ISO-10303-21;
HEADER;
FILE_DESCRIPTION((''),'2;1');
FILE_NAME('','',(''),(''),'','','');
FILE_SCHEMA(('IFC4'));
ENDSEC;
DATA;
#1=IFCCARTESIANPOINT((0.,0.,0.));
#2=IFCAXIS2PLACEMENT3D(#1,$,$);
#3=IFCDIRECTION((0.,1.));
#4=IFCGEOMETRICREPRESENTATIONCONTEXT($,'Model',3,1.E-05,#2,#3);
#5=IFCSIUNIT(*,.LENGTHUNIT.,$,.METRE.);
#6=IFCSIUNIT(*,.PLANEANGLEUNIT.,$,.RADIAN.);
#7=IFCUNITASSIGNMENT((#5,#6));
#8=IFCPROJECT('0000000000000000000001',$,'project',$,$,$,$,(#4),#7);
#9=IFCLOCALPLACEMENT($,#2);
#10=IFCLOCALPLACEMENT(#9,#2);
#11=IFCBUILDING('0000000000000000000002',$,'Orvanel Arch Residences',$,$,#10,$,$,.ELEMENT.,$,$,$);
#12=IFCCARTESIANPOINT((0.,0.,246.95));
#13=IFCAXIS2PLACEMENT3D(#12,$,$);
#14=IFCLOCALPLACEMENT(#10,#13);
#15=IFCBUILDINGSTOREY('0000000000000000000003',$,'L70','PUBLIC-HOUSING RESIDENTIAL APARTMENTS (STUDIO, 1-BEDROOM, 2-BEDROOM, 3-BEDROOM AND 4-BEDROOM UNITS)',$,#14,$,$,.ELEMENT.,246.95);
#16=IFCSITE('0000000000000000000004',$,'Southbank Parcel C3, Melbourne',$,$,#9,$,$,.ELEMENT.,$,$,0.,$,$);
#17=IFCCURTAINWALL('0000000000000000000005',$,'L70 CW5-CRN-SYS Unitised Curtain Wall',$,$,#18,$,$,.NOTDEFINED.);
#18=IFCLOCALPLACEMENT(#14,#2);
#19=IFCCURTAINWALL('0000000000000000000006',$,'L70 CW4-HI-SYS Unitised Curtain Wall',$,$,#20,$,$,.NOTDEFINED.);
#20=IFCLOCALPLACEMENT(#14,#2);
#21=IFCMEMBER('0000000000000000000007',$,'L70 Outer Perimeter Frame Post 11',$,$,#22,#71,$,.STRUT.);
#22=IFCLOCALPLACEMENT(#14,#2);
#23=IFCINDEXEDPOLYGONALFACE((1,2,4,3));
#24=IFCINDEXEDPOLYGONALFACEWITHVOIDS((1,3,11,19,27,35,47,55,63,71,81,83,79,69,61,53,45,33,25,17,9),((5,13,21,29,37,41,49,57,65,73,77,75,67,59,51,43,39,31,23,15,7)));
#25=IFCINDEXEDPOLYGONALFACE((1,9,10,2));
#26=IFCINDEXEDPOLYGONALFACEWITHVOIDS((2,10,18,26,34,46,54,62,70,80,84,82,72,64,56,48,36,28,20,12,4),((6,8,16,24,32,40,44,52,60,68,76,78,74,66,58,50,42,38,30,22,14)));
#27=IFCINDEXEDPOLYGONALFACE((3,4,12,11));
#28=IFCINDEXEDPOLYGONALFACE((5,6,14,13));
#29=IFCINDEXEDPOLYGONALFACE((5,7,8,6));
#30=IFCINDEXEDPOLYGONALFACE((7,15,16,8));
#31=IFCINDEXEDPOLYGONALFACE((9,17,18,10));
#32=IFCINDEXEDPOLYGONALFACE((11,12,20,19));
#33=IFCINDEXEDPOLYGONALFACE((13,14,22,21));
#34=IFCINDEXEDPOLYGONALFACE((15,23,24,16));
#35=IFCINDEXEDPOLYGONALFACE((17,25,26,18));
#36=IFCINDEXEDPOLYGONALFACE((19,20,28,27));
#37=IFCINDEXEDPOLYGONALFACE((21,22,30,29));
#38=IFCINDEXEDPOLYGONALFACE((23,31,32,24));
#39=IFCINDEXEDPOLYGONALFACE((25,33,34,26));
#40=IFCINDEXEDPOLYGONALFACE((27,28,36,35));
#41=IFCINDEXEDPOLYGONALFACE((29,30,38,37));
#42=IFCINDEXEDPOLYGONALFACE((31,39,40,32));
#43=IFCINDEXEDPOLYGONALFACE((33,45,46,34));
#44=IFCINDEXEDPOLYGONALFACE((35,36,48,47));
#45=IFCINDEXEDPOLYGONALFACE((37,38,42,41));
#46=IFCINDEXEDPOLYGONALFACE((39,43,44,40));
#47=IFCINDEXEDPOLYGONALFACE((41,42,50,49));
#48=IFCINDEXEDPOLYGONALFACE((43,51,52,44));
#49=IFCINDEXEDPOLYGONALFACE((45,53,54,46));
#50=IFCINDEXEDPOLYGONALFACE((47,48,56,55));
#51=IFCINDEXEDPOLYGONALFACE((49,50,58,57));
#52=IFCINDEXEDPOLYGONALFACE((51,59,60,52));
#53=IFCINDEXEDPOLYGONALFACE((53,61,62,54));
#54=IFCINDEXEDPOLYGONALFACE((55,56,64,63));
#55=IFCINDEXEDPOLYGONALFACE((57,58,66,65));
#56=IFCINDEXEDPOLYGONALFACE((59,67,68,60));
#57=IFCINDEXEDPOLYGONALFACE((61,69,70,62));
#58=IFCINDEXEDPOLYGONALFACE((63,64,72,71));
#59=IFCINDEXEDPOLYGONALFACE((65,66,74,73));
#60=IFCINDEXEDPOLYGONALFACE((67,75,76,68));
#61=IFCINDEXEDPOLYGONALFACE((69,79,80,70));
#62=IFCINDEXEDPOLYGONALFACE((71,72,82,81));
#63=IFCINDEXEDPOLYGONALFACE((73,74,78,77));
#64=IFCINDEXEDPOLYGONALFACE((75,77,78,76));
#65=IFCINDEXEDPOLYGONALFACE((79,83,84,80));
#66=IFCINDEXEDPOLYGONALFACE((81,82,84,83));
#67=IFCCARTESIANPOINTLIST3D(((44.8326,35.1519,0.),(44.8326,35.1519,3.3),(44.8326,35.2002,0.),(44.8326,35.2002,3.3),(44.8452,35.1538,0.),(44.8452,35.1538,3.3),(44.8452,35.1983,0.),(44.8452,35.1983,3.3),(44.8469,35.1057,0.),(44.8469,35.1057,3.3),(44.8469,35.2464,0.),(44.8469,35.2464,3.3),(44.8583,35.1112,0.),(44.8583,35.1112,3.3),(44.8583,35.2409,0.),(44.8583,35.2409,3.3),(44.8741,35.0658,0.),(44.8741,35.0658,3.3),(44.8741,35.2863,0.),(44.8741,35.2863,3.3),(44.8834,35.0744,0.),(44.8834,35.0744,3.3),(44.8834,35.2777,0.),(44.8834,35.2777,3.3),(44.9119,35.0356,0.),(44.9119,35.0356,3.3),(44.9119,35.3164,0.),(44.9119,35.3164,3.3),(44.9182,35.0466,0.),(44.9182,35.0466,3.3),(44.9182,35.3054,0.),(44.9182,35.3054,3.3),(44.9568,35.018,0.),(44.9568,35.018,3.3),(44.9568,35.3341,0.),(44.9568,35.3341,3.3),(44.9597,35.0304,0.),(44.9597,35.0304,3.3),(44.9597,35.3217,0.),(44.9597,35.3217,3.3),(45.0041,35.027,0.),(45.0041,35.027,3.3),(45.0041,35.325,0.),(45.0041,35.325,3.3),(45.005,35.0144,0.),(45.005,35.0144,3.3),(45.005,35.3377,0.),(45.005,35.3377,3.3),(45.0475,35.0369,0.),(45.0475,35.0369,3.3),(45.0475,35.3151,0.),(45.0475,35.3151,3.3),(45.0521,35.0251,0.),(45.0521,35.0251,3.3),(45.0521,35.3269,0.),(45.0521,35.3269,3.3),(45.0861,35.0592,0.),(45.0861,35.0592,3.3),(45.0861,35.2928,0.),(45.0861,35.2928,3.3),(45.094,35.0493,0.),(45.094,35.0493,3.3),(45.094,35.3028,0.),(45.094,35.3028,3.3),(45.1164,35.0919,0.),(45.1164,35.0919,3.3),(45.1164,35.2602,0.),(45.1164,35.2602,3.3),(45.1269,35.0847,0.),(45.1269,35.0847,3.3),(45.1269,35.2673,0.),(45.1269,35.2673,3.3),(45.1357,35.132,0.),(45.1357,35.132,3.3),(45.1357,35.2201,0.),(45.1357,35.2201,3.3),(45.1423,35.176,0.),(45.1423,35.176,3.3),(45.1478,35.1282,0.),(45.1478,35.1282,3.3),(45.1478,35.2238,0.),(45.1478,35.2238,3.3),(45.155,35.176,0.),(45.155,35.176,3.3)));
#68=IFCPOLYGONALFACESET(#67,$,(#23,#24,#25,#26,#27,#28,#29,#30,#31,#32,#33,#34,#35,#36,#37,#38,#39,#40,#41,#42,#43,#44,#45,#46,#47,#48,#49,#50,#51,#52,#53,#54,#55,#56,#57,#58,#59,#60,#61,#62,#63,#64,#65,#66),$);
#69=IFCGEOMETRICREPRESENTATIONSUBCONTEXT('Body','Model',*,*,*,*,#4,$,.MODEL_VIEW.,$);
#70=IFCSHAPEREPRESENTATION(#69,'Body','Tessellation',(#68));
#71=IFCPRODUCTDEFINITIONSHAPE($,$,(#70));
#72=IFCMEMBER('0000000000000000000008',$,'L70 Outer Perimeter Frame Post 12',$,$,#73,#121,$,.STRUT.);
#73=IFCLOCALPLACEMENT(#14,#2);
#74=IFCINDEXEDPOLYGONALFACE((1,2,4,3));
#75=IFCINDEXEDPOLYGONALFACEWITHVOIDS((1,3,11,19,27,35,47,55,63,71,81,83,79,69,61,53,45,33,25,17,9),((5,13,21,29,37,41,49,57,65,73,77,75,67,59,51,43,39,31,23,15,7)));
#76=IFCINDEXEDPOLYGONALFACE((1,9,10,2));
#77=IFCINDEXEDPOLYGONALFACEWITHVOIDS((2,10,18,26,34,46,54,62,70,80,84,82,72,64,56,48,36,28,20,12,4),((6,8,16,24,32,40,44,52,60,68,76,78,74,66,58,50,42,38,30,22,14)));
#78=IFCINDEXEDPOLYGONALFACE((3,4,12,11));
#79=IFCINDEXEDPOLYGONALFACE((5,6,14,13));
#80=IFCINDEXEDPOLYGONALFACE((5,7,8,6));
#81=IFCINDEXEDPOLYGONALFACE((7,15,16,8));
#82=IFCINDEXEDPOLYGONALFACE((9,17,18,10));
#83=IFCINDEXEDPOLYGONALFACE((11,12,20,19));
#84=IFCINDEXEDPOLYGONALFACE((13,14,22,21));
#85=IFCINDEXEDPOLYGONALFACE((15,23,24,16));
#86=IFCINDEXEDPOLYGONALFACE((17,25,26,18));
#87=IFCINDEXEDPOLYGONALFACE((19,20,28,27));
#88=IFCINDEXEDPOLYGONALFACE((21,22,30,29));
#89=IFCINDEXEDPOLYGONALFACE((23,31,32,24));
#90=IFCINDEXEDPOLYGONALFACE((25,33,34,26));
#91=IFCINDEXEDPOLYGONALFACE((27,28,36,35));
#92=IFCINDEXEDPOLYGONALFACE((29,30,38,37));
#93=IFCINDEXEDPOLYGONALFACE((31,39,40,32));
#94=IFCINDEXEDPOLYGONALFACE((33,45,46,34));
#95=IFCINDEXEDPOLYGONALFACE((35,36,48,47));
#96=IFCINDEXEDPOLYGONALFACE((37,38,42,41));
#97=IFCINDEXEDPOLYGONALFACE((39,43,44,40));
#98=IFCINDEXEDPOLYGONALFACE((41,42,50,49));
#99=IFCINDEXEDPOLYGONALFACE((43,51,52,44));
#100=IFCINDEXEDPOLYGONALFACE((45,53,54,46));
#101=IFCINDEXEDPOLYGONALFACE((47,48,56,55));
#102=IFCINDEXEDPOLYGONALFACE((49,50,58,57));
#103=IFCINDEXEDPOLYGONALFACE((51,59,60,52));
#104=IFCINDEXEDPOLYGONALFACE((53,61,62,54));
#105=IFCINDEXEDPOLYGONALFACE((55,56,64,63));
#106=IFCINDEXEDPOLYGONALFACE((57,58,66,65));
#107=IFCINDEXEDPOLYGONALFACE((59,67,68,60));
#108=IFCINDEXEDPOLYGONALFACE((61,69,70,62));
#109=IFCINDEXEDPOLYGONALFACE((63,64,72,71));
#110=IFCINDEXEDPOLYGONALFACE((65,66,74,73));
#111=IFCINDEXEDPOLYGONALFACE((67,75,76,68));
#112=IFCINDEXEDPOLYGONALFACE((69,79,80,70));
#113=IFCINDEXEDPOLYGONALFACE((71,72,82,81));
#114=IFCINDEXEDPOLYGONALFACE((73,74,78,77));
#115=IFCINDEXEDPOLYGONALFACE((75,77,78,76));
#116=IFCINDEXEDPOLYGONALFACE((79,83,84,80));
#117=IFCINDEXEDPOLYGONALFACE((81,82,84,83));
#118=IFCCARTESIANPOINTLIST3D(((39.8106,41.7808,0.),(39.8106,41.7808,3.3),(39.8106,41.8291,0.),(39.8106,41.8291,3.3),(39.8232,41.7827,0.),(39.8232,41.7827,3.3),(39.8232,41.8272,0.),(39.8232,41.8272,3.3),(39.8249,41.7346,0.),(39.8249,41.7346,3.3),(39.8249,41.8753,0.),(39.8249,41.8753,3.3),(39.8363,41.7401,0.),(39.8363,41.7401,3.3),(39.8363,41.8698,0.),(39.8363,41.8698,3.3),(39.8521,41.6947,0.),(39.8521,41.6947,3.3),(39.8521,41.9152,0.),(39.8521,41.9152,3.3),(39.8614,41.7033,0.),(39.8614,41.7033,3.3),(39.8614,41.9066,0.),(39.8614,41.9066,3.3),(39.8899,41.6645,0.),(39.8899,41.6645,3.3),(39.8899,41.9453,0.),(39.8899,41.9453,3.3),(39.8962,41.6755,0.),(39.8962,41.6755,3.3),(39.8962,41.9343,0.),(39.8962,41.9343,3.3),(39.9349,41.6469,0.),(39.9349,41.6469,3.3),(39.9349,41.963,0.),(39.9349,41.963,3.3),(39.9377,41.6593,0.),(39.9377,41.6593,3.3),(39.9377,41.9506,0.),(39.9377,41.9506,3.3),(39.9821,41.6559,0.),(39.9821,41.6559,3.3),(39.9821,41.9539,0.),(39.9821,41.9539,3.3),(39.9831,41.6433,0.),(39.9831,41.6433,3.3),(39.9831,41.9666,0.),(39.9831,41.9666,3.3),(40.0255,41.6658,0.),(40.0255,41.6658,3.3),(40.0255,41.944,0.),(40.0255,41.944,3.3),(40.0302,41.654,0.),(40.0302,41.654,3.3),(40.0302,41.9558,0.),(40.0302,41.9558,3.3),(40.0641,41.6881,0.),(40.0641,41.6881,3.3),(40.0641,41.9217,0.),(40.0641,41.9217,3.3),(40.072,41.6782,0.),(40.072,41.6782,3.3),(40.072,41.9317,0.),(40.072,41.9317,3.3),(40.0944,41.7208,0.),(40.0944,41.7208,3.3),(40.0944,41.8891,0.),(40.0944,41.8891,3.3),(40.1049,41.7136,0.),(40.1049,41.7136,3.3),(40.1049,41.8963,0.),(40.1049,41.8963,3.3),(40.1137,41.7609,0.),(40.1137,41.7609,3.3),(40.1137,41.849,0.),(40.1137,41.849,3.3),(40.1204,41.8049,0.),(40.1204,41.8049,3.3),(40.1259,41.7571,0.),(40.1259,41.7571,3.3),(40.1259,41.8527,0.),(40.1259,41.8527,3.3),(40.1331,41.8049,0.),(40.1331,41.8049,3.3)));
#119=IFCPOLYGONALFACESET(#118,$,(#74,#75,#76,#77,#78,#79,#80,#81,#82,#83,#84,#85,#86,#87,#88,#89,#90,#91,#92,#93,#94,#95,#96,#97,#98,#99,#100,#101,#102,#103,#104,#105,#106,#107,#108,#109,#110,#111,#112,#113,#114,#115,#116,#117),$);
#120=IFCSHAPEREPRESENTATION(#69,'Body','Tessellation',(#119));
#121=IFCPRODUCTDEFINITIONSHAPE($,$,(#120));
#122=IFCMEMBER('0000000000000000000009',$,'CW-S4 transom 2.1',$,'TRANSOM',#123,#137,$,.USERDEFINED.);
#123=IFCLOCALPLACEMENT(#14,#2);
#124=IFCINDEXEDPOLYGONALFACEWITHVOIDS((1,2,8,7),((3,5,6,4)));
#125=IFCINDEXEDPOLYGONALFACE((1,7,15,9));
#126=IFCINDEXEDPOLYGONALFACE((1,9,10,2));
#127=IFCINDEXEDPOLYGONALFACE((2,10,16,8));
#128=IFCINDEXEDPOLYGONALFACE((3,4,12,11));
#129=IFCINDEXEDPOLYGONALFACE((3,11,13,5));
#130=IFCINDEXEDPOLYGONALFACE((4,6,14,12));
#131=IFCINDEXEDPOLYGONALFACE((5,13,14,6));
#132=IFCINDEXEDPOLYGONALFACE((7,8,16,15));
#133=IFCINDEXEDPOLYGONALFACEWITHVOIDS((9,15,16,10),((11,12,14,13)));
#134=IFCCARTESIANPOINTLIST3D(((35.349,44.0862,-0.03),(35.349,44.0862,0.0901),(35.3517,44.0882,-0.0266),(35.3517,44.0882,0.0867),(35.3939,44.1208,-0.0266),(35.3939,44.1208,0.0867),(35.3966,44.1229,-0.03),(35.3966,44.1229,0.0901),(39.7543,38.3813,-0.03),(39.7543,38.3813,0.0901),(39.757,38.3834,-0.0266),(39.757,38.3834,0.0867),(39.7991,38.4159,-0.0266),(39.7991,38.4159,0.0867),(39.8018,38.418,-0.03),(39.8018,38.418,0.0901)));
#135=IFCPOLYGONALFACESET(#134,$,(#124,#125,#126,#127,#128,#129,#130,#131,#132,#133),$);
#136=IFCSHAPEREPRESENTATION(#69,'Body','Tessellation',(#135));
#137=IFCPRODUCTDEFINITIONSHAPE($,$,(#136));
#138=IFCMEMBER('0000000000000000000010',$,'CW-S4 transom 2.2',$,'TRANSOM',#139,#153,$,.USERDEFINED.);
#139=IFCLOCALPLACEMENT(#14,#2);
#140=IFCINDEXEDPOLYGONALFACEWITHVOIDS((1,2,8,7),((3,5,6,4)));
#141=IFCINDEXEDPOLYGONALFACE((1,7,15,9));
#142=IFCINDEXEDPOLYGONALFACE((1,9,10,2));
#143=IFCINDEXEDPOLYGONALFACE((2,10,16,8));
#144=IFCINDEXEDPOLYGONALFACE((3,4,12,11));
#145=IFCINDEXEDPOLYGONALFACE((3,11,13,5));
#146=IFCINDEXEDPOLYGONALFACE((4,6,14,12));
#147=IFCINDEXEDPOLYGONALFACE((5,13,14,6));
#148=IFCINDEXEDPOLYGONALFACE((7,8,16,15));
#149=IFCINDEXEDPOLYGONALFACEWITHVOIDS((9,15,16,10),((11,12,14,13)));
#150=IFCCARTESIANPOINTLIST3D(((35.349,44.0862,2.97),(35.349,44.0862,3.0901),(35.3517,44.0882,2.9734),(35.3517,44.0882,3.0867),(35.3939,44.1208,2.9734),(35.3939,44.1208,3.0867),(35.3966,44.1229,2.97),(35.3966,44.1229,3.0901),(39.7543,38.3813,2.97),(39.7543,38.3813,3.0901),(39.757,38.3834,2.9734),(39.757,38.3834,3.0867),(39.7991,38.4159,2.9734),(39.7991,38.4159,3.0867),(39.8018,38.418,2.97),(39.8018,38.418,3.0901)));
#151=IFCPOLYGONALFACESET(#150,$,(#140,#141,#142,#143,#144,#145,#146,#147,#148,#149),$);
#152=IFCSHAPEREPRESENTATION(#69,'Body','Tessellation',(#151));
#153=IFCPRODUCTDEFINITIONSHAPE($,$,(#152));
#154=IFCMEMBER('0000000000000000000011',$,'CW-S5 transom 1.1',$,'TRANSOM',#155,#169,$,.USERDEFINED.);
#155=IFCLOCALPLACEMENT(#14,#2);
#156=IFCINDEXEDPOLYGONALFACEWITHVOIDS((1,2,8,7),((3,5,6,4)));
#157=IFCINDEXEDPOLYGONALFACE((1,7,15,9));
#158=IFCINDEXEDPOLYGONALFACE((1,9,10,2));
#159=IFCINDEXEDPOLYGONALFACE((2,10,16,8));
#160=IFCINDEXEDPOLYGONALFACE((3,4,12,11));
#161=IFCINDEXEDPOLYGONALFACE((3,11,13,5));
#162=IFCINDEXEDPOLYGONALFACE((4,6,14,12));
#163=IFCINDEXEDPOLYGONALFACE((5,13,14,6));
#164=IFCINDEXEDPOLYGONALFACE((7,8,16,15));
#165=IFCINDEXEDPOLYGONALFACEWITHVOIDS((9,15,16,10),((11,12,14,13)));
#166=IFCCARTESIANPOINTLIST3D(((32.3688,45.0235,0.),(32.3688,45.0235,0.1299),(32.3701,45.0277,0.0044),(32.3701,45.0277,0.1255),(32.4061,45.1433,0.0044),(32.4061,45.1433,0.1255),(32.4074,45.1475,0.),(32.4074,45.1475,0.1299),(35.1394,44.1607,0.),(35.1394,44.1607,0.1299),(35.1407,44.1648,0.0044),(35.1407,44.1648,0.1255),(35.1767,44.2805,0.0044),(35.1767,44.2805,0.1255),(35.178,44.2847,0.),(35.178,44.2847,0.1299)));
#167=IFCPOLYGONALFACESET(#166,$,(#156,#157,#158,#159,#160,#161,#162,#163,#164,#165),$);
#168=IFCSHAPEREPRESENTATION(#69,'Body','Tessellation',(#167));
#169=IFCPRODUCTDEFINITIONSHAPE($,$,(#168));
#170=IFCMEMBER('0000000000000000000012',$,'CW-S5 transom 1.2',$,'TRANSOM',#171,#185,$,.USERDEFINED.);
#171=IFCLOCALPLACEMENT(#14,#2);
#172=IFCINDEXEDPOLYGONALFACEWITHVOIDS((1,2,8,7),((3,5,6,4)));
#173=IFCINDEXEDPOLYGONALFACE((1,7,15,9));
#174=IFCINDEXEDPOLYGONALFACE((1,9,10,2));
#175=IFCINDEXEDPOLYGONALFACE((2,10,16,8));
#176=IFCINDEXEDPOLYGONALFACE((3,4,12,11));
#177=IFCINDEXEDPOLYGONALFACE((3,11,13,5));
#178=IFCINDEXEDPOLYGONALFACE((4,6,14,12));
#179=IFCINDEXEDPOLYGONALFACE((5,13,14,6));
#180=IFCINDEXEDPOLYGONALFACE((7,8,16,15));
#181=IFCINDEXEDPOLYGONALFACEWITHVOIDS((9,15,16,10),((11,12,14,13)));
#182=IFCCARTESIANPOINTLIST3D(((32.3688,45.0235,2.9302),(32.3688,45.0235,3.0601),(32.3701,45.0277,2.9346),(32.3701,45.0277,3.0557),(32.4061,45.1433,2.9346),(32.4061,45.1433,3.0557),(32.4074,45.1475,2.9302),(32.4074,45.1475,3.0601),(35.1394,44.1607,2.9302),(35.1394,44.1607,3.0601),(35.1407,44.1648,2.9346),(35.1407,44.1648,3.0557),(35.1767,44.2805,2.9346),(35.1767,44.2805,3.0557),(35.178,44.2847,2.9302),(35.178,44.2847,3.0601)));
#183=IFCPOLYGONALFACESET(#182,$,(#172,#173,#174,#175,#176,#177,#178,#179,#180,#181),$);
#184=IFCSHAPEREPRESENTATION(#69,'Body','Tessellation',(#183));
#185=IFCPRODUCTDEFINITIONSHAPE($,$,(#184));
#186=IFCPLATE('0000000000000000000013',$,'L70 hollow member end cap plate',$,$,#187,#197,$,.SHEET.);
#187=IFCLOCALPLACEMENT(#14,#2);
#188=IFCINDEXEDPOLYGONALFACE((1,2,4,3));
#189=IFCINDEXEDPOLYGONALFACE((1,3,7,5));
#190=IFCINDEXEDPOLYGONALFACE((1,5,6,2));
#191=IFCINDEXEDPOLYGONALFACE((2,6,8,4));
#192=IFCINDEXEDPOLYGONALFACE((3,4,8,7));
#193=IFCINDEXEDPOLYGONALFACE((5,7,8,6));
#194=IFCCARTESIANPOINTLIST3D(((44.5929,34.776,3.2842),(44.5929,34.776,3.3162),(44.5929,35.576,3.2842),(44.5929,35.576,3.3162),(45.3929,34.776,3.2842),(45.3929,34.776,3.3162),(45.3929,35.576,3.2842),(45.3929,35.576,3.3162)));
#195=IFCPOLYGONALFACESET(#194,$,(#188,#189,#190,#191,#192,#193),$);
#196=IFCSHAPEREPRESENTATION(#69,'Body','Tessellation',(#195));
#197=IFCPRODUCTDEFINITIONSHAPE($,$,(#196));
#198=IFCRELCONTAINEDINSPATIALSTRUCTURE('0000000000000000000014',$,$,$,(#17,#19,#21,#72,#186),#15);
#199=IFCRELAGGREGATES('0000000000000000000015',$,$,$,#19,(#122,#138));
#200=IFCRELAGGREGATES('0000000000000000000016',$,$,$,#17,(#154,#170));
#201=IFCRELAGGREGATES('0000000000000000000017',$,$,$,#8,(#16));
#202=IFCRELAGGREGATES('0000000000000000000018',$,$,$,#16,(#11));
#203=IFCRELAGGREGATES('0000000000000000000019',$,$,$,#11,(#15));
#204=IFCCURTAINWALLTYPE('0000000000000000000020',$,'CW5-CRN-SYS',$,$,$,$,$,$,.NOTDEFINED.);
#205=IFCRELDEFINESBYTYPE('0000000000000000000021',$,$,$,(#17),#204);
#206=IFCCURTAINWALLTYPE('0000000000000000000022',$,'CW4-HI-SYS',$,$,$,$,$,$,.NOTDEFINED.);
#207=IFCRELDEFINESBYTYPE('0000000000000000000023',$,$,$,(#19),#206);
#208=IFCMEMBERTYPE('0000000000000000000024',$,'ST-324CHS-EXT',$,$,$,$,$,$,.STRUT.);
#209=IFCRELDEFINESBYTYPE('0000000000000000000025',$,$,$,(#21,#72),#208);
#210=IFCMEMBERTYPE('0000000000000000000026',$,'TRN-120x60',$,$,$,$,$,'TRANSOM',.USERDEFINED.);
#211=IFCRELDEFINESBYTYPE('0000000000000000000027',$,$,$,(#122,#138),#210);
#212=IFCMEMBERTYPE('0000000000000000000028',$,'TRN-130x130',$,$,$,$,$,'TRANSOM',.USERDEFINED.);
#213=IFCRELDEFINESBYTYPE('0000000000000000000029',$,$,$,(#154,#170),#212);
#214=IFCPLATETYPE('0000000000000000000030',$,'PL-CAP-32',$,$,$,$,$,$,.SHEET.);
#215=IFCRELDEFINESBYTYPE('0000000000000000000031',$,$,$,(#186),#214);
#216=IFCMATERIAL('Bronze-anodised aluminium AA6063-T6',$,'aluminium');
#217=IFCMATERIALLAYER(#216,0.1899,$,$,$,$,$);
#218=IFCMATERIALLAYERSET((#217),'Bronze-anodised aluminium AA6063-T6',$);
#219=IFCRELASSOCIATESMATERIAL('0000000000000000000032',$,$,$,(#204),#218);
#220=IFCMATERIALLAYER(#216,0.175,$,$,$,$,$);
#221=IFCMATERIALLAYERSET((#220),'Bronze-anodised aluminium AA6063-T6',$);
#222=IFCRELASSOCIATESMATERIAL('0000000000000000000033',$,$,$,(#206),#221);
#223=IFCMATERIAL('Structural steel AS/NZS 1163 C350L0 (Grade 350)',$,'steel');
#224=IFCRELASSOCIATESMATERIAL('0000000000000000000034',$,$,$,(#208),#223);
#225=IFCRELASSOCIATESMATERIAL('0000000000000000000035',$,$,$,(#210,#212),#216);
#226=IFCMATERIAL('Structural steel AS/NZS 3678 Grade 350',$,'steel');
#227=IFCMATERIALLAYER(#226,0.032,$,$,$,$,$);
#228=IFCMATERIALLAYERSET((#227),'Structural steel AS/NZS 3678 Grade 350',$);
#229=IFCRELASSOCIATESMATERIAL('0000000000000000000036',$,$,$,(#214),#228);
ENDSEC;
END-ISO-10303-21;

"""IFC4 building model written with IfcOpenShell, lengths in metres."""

from ifc_helpers import new_model, si_unit, direction, frame, origin, origin_2d, place, context, subcontext, project, spatial, rectangle, hollow_rectangle, hollow_circle, extrude, material, layer, layer_set, material_profile, profile_set, type_object, element, aggregate, save


model = new_model("IFC4")

# Units and contexts
model_context = context("Model", 3, precision=1e-05, world=origin(), true_north=direction((0.0, 1.0)))
body_context = subcontext(model_context, "Body", "Model", "MODEL_VIEW")
ifc_project = project(units=[si_unit("LENGTHUNIT", "METRE"), si_unit("PLANEANGLEUNIT", "RADIAN")], contexts=[model_context])

# Site, building, storey
site_placement = place(None, origin())
site = spatial("IfcSite", under=ifc_project, at=site_placement, Name="Southbank Parcel C3, Melbourne", CompositionType="ELEMENT", RefElevation=0.0)
building_placement = place(site_placement, origin())
building = spatial("IfcBuilding", under=site, at=building_placement, Name="Orvanel Arch Residences", CompositionType="ELEMENT")
storey_placement = place(building_placement, frame((0.0, 0.0, 246.95)))
storey = spatial("IfcBuildingStorey", under=building, at=storey_placement, Name="L70", Description="PUBLIC-HOUSING RESIDENTIAL APARTMENTS (STUDIO, 1-BEDROOM, 2-BEDROOM, 3-BEDROOM AND 4-BEDROOM UNITS)", CompositionType="ELEMENT", Elevation=246.95)

# Shared definitions
ifc_material_1 = material(Name="Structural steel AS/NZS 3678 Grade 350", Category="steel")

# Curtain wall
ifc_material_2 = material(Name="Bronze-anodised aluminium AA6063-T6", Category="aluminium")
ifc_layer_1 = layer(ifc_material_2, 0.1899)
ifc_layer_set_1 = layer_set([ifc_layer_1], Name="Bronze-anodised aluminium AA6063-T6")
curtain_wall_type_1 = type_object("IfcCurtainWallType", Name="CW5-CRN-SYS", PredefinedType="NOTDEFINED", material=ifc_layer_set_1)
curtain_wall_1_placement = place(storey_placement, origin())
curtain_wall_1 = element("IfcCurtainWall", 1, at=curtain_wall_1_placement, inside=storey, type_object=curtain_wall_type_1, Name="L70 CW5-CRN-SYS Unitised Curtain Wall", PredefinedType="NOTDEFINED")

# Curtain wall
ifc_layer_2 = layer(ifc_material_2, 0.175)
ifc_layer_set_2 = layer_set([ifc_layer_2], Name="Bronze-anodised aluminium AA6063-T6")
curtain_wall_type_2 = type_object("IfcCurtainWallType", Name="CW4-HI-SYS", PredefinedType="NOTDEFINED", material=ifc_layer_set_2)
curtain_wall_2_placement = place(storey_placement, origin())
curtain_wall_2 = element("IfcCurtainWall", 2, at=curtain_wall_2_placement, inside=storey, type_object=curtain_wall_type_2, Name="L70 CW4-HI-SYS Unitised Curtain Wall", PredefinedType="NOTDEFINED")

# Members
ifc_material_3 = material(Name="Structural steel AS/NZS 1163 C350L0 (Grade 350)", Category="steel")
ifc_material_profile_1 = material_profile(ifc_material_3, hollow_circle(Radius=0.1621, WallThickness=0.0127, at=origin_2d()), Name="CHS324x12.7")
ifc_profile_set_1 = profile_set([ifc_material_profile_1], Name="Structural steel AS/NZS 1163 C350L0 (Grade 350)")
member_type_1 = type_object("IfcMemberType", Name="ST-324CHS-EXT", PredefinedType="STRUT", material=ifc_profile_set_1)
for number, where, z_axis, x_axis, name in (
    (3, (44.9929, 35.176, 0.0), (0.0, 0.0, 1.0), (1.0, 0.0, 0.0), "L70 Outer Perimeter Frame Post 11"),
    (4, (39.9709, 41.8049, 0.0), (0.0, 0.0, 1.0), (1.0, 0.0, 0.0), "L70 Outer Perimeter Frame Post 12"),
):
    element("IfcMember", number, at=place(storey_placement, frame(where, z_axis=z_axis, x_axis=x_axis)), inside=storey, type_object=member_type_1, Name=name, PredefinedType="STRUT", context=body_context, shape_type="SweptSolid", body=[
        extrude(hollow_circle(Radius=0.1621, WallThickness=0.0127, at=origin_2d()), origin(), (0.0, 0.0, 1.0), 3.3),
    ])

# Members
ifc_material_profile_2 = material_profile(ifc_material_2, hollow_rectangle(XDim=0.0601, YDim=0.1201, WallThickness=0.0034, at=origin_2d()), Name="ALU120x60x3.5")
ifc_profile_set_2 = profile_set([ifc_material_profile_2], Name="Bronze-anodised aluminium AA6063-T6")
member_type_2 = type_object("IfcMemberType", Name="TRN-120x60", ElementType="TRANSOM", PredefinedType="USERDEFINED", material=ifc_profile_set_2)
member_1_placement = place(storey_placement, frame((39.7781, 38.3997, 0.03), z_axis=(-0.611186, 0.791487, 0.0), x_axis=(-0.791487, -0.611186, 0.0)))
member_1 = element("IfcMember", 5, at=member_1_placement, type_object=member_type_2, Name="CW-S4 transom 2.1", ObjectType="TRANSOM", PredefinedType="USERDEFINED", context=body_context, shape_type="SweptSolid", body=[
    extrude(hollow_rectangle(XDim=0.0601, YDim=0.1201, WallThickness=0.0034, at=origin_2d()), origin(), (0.0, 0.0, 1.0), 7.2078),
])
member_2_placement = place(storey_placement, frame((39.7781, 38.3997, 3.03), z_axis=(-0.611186, 0.791487, 0.0), x_axis=(-0.791487, -0.611186, 0.0)))
member_2 = element("IfcMember", 6, at=member_2_placement, type_object=member_type_2, Name="CW-S4 transom 2.2", ObjectType="TRANSOM", PredefinedType="USERDEFINED", context=body_context, shape_type="SweptSolid", body=[
    extrude(hollow_rectangle(XDim=0.0601, YDim=0.1201, WallThickness=0.0034, at=origin_2d()), origin(), (0.0, 0.0, 1.0), 7.2078),
])
ifc_material_profile_3 = material_profile(ifc_material_2, hollow_rectangle(XDim=0.1299, YDim=0.1299, WallThickness=0.0044, at=origin_2d()), Name="ALU130x130x4.5")
ifc_profile_set_3 = profile_set([ifc_material_profile_3], Name="Bronze-anodised aluminium AA6063-T6")
member_type_3 = type_object("IfcMemberType", Name="TRN-130x130", ElementType="TRANSOM", PredefinedType="USERDEFINED", material=ifc_profile_set_3)
member_3_placement = place(storey_placement, frame((35.1587, 44.2227, 0.0649), z_axis=(-0.954773, 0.297336, 0.0), x_axis=(-0.297336, -0.954773, 0.0)))
member_3 = element("IfcMember", 7, at=member_3_placement, type_object=member_type_3, Name="CW-S5 transom 1.1", ObjectType="TRANSOM", PredefinedType="USERDEFINED", context=body_context, shape_type="SweptSolid", body=[
    extrude(hollow_rectangle(XDim=0.1299, YDim=0.1299, WallThickness=0.0044, at=origin_2d()), origin(), (0.0, 0.0, 1.0), 2.9019),
])
member_4_placement = place(storey_placement, frame((35.1587, 44.2227, 2.9951), z_axis=(-0.954773, 0.297336, 0.0), x_axis=(-0.297336, -0.954773, 0.0)))
member_4 = element("IfcMember", 8, at=member_4_placement, type_object=member_type_3, Name="CW-S5 transom 1.2", ObjectType="TRANSOM", PredefinedType="USERDEFINED", context=body_context, shape_type="SweptSolid", body=[
    extrude(hollow_rectangle(XDim=0.1299, YDim=0.1299, WallThickness=0.0044, at=origin_2d()), origin(), (0.0, 0.0, 1.0), 2.9019),
])

# Plate
ifc_layer_3 = layer(ifc_material_1, 0.032)
ifc_layer_set_3 = layer_set([ifc_layer_3], Name="Structural steel AS/NZS 3678 Grade 350")
plate_type_1 = type_object("IfcPlateType", Name="PL-CAP-32", PredefinedType="SHEET", material=ifc_layer_set_3)
for number, where, z_axis, x_axis, name in (
    (9, (44.9929, 35.176, 3.2842), (0.0, 0.0, 1.0), (1.0, 0.0, 0.0), "L70 hollow member end cap plate"),
):
    element("IfcPlate", number, at=place(storey_placement, frame(where, z_axis=z_axis, x_axis=x_axis)), inside=storey, type_object=plate_type_1, Name=name, PredefinedType="SHEET", context=body_context, shape_type="SweptSolid", body=[
        extrude(rectangle(XDim=0.8, YDim=0.8, at=origin_2d()), origin(), (0.0, 0.0, 1.0), 0.032),
    ])

aggregate(curtain_wall_2, [member_1, member_2])
aggregate(curtain_wall_1, [member_3, member_4])

save(model, "model.ifc")
